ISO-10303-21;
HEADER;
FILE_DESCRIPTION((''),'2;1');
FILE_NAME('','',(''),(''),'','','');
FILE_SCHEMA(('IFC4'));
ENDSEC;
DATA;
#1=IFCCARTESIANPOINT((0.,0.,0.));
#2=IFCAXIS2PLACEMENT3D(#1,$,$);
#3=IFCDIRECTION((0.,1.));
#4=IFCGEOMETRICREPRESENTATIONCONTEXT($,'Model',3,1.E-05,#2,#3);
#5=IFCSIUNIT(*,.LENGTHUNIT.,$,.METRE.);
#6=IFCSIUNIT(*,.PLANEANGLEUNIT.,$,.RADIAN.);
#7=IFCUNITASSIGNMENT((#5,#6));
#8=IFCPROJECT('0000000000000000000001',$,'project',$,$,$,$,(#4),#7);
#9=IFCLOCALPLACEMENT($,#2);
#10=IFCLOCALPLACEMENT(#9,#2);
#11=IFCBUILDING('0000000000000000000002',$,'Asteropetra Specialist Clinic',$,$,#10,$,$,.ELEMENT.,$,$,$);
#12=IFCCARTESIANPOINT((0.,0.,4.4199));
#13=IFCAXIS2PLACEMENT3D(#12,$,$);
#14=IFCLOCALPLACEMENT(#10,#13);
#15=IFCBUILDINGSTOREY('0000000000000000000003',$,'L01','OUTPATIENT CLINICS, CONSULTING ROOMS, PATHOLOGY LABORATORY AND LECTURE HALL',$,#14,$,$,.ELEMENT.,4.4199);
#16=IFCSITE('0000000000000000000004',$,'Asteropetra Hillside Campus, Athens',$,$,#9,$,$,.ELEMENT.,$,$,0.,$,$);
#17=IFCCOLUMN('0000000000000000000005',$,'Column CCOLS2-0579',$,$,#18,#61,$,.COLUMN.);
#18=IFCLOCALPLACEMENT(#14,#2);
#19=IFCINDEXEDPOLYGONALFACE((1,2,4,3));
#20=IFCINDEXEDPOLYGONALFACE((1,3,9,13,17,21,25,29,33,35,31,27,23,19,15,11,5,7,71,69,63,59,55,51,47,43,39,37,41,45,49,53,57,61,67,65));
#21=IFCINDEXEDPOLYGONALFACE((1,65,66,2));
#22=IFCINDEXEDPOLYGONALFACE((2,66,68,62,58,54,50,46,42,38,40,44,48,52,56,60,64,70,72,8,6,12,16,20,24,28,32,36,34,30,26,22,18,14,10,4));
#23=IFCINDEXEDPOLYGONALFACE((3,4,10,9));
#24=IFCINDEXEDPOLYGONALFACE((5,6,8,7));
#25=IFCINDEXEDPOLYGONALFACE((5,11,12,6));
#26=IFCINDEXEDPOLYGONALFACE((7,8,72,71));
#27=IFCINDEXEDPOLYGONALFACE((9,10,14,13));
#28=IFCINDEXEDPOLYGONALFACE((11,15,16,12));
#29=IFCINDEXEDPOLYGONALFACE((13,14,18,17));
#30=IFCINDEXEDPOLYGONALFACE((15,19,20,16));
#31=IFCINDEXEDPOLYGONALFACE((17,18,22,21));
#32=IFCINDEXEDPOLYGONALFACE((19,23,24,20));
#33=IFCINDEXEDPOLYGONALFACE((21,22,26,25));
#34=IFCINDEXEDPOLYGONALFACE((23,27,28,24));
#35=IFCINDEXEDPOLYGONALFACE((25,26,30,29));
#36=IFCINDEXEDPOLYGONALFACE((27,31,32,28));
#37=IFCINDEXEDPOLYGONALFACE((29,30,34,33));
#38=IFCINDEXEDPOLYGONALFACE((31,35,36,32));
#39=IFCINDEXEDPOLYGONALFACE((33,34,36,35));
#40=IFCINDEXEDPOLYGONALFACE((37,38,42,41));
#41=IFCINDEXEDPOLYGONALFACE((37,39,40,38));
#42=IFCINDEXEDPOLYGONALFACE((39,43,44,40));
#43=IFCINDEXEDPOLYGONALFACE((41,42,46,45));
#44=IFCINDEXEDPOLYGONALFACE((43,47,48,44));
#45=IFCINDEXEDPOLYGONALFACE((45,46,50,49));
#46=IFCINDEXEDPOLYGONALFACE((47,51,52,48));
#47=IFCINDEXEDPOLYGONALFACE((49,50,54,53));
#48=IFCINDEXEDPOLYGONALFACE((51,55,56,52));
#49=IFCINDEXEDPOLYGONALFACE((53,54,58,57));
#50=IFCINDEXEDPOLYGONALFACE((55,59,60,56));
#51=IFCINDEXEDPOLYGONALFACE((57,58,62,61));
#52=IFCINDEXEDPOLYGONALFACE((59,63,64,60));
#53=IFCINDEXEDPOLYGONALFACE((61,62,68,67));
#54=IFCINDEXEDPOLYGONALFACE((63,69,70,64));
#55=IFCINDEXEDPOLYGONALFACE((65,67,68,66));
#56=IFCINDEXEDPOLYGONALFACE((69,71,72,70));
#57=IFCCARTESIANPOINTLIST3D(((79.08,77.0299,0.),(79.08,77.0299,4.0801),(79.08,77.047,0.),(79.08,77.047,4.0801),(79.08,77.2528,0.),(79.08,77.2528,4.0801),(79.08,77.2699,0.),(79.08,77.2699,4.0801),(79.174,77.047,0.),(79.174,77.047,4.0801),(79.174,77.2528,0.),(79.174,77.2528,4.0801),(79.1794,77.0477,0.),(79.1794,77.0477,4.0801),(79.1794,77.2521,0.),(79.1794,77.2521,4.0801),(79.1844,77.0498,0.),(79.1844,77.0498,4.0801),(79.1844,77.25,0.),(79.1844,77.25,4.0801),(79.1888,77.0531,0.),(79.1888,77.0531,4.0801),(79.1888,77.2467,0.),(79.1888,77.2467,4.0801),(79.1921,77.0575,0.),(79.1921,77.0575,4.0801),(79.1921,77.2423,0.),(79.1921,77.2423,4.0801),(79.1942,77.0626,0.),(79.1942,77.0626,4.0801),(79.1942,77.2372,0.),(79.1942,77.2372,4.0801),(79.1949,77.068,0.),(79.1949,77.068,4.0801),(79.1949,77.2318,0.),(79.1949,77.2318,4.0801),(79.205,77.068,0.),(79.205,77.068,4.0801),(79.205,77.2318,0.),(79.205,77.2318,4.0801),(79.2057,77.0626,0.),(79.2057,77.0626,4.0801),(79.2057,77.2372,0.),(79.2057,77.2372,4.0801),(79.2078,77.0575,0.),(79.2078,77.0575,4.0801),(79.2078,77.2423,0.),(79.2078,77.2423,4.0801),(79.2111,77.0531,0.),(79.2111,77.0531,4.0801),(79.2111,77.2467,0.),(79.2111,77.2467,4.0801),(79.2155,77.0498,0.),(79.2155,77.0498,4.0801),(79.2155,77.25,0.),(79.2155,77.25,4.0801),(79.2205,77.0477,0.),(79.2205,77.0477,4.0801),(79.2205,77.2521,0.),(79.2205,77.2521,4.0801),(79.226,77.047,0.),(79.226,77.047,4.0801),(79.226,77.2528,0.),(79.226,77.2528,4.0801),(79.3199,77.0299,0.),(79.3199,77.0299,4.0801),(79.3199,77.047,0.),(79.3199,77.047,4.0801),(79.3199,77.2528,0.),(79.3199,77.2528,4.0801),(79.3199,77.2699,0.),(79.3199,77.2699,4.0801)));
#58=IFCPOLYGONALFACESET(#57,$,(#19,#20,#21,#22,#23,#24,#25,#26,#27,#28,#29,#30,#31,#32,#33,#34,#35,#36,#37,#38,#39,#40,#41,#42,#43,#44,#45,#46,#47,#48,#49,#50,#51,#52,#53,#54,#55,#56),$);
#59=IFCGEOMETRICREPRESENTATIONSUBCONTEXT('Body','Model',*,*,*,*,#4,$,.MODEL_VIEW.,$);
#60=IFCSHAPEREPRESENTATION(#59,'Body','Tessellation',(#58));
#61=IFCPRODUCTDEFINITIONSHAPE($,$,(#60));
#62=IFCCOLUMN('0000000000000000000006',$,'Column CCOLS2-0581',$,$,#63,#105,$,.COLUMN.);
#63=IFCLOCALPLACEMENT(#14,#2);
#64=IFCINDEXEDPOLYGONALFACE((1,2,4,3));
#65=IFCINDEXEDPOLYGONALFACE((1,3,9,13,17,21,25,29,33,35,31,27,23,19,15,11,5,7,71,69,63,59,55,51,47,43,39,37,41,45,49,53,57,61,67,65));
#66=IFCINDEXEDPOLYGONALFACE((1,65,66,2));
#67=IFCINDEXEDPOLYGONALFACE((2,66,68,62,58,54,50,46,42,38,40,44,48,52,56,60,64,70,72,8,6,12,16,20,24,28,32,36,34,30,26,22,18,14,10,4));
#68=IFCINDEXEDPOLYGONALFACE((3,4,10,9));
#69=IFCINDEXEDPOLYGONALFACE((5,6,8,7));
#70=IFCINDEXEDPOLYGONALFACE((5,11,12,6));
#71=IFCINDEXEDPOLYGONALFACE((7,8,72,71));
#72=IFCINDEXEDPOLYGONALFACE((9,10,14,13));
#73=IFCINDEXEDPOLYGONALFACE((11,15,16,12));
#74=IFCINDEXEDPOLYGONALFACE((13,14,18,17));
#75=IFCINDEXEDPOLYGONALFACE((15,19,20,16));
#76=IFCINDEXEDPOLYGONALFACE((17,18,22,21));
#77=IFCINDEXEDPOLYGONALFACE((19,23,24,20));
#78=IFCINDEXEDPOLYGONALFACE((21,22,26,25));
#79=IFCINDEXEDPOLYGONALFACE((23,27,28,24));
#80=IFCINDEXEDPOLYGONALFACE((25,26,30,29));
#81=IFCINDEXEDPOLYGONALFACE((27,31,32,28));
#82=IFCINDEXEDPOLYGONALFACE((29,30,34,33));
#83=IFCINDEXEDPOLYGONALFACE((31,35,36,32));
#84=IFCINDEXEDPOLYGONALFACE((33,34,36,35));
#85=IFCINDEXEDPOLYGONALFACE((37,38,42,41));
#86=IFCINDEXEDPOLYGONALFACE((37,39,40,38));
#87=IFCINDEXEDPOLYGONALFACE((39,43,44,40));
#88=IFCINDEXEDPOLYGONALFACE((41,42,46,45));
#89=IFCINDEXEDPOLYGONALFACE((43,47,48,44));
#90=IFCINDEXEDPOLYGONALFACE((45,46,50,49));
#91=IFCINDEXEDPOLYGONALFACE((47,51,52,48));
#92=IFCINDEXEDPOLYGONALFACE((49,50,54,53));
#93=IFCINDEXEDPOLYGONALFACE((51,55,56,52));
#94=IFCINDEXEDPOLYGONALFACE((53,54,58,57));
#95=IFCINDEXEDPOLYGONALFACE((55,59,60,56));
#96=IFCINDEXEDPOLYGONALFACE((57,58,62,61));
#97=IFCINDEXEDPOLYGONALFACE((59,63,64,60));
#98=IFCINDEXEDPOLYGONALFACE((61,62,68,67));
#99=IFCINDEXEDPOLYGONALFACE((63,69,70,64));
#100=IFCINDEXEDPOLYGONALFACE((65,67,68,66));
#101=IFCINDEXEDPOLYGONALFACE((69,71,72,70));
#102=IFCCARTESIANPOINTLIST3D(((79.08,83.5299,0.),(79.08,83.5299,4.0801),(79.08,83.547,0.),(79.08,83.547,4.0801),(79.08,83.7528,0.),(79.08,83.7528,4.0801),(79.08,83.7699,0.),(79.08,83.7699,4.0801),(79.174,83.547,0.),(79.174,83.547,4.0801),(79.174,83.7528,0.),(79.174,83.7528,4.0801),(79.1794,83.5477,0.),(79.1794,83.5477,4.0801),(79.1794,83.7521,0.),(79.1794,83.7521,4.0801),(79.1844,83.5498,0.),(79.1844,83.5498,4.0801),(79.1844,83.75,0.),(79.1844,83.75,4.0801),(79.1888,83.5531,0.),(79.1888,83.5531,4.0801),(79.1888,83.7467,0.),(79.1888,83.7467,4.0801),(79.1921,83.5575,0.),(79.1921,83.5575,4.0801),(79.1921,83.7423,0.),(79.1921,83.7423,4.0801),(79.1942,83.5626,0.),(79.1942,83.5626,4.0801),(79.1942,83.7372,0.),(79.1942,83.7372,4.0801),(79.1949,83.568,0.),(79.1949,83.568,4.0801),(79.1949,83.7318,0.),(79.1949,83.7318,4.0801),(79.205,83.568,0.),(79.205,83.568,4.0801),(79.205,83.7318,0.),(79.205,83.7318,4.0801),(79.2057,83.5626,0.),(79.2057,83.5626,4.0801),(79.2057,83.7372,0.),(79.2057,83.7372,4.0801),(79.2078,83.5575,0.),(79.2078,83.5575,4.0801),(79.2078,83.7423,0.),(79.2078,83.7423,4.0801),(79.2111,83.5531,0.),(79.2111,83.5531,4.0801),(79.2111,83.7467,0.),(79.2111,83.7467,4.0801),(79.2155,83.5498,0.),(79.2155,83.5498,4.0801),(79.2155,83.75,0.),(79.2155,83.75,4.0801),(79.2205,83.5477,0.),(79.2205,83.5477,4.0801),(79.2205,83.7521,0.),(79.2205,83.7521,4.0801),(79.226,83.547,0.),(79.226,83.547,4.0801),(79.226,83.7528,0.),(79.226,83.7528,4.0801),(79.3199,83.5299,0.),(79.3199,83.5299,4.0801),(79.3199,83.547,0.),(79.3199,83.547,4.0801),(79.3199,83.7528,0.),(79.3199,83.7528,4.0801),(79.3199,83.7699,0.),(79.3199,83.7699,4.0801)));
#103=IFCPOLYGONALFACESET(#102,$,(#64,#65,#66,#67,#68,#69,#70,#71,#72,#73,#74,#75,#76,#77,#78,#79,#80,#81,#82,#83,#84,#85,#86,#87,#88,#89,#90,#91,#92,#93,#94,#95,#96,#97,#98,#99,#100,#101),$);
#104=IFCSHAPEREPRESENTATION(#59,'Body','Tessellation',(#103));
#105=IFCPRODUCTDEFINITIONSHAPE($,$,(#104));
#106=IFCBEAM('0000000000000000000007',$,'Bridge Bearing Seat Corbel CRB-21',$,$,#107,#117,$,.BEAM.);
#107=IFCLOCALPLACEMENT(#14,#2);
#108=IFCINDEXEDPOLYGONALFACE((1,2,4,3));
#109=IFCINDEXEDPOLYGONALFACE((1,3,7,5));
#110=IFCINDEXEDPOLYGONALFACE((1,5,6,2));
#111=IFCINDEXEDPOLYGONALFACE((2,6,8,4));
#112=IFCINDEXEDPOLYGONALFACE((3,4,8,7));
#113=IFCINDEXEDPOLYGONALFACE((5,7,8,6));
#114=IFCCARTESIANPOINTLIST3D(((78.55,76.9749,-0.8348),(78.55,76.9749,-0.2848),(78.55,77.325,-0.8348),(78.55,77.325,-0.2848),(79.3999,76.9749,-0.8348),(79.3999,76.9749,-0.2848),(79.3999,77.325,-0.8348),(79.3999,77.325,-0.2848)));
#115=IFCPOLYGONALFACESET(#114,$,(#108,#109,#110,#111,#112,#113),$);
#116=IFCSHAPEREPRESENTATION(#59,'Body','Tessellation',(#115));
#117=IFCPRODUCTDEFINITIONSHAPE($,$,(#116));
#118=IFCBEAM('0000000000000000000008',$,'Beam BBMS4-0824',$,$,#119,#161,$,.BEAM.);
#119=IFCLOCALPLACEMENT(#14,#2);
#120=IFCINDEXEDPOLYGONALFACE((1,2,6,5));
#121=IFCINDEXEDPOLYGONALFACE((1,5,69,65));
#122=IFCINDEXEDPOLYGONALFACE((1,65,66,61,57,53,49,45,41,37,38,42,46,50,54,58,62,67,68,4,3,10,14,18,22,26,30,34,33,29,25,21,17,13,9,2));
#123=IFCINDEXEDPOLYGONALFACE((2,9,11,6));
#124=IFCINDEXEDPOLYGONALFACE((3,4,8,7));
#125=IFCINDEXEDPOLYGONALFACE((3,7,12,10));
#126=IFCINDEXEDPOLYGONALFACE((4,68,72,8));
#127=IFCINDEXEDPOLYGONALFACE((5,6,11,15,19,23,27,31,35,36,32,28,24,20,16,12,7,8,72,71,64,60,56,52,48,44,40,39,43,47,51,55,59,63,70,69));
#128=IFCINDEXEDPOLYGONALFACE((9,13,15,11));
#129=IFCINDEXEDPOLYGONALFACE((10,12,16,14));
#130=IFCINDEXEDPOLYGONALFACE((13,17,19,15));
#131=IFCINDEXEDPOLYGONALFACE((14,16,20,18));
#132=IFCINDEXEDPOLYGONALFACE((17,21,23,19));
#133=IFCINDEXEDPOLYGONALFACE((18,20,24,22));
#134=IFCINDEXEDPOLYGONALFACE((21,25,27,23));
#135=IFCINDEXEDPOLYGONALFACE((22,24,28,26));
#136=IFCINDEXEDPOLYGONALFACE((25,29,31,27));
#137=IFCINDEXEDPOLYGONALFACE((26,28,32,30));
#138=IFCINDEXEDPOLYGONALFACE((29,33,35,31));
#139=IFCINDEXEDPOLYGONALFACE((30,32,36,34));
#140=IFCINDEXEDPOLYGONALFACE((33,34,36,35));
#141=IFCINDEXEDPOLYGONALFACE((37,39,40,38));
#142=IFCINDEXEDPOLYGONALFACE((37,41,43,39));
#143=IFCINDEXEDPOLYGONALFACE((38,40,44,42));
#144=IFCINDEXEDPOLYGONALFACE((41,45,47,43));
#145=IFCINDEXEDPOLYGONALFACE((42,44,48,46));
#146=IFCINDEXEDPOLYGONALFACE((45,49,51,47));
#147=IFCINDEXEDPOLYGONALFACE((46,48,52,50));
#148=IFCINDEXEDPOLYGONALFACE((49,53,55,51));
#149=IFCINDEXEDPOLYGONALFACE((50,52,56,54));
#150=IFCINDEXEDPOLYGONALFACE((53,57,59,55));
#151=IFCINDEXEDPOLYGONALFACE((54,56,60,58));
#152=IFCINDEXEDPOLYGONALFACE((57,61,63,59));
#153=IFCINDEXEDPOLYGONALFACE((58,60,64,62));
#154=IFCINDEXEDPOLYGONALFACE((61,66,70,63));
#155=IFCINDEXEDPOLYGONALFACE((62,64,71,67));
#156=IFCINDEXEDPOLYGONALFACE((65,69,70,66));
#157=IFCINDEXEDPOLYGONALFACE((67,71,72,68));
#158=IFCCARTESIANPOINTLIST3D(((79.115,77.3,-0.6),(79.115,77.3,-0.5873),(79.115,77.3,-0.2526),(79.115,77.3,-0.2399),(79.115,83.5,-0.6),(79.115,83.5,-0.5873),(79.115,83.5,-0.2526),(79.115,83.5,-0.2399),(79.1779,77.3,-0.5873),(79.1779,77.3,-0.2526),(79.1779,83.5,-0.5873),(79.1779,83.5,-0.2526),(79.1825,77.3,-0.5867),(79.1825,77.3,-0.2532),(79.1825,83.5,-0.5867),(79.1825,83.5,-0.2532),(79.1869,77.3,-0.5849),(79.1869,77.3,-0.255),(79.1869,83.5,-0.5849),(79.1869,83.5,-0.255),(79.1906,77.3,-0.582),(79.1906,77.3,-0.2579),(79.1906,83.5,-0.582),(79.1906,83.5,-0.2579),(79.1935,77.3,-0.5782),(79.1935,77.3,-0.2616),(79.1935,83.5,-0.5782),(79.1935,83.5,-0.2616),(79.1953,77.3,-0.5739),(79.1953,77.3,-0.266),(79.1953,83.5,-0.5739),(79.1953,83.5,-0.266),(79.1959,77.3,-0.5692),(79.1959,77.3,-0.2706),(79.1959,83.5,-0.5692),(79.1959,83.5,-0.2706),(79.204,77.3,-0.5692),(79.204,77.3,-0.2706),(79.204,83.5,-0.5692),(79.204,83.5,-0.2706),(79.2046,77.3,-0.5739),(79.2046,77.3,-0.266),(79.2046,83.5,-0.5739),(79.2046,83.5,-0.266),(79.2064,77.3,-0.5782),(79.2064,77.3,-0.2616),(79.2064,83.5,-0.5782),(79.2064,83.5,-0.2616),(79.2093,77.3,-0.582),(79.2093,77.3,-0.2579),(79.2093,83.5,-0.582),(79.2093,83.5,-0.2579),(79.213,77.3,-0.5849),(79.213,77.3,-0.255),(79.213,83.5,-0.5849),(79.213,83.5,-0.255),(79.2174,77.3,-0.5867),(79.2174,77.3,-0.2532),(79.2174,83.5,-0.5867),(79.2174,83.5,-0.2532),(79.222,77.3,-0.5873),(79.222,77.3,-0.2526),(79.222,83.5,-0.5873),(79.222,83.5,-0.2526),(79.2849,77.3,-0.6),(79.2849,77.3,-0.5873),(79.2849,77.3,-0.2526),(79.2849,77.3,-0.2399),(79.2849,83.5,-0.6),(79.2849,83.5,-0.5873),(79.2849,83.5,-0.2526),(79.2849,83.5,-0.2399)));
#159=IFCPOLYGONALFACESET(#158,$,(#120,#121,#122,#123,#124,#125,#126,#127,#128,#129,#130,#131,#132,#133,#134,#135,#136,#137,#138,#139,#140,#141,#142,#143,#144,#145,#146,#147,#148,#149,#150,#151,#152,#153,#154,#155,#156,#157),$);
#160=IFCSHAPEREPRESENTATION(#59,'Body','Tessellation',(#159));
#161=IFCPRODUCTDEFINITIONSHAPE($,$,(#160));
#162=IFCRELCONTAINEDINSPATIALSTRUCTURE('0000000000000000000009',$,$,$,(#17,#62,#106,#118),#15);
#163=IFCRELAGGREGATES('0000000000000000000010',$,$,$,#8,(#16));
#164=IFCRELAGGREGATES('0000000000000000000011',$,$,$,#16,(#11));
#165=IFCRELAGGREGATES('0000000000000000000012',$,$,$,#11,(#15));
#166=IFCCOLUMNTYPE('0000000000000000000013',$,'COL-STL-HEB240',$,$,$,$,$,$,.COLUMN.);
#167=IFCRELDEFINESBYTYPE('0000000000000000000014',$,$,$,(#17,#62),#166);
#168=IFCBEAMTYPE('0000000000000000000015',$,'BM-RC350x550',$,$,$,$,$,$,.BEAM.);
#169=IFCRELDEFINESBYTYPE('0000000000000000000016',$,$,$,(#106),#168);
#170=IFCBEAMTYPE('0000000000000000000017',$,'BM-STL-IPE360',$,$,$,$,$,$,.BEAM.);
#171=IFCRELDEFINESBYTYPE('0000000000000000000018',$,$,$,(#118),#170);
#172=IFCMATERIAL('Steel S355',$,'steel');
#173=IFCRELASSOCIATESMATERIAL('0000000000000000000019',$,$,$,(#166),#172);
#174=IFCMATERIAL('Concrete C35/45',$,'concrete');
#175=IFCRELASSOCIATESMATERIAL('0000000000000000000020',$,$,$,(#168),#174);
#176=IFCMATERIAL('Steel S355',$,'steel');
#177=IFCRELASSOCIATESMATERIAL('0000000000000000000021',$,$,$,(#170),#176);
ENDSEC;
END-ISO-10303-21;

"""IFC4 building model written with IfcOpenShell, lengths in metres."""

from ifc_helpers import new_model, si_unit, direction, frame, origin, origin_2d, place, context, subcontext, project, spatial, rectangle, i_section, extrude, material, material_profile, profile_set, type_object, element, save


model = new_model("IFC4")

# Units and contexts
model_context = context("Model", 3, precision=1e-05, world=origin(), true_north=direction((0.0, 1.0)))
body_context = subcontext(model_context, "Body", "Model", "MODEL_VIEW")
ifc_project = project(units=[si_unit("LENGTHUNIT", "METRE"), si_unit("PLANEANGLEUNIT", "RADIAN")], contexts=[model_context])

# Site, building, storey
site_placement = place(None, origin())
site = spatial("IfcSite", under=ifc_project, at=site_placement, Name="Asteropetra Hillside Campus, Athens", CompositionType="ELEMENT", RefElevation=0.0)
building_placement = place(site_placement, origin())
building = spatial("IfcBuilding", under=site, at=building_placement, Name="Asteropetra Specialist Clinic", CompositionType="ELEMENT")
storey_placement = place(building_placement, frame((0.0, 0.0, 4.4199)))
storey = spatial("IfcBuildingStorey", under=building, at=storey_placement, Name="L01", Description="OUTPATIENT CLINICS, CONSULTING ROOMS, PATHOLOGY LABORATORY AND LECTURE HALL", CompositionType="ELEMENT", Elevation=4.4199)

# Columns
ifc_material_1 = material(Name="Steel S355", Category="steel")
ifc_material_profile_1 = material_profile(ifc_material_1, i_section(OverallWidth=0.24, OverallDepth=0.24, WebThickness=0.01, FlangeThickness=0.0171, FilletRadius=0.021, at=origin_2d()), Name="HEB 240")
ifc_profile_set_1 = profile_set([ifc_material_profile_1], Name="Steel S355")
column_type = type_object("IfcColumnType", Name="COL-STL-HEB240", PredefinedType="COLUMN", material=ifc_profile_set_1)
for number, where, z_axis, x_axis, name in (
    (1, (79.2, 77.1499, 0.0), (0.0, 0.0, 1.0), (1.0, 0.0, 0.0), "Column CCOLS2-0579"),
    (2, (79.2, 83.6499, 0.0), (0.0, 0.0, 1.0), (1.0, 0.0, 0.0), "Column CCOLS2-0581"),
):
    element("IfcColumn", number, at=place(storey_placement, frame(where, z_axis=z_axis, x_axis=x_axis)), inside=storey, type_object=column_type, Name=name, PredefinedType="COLUMN", context=body_context, shape_type="SweptSolid", body=[
        extrude(i_section(OverallWidth=0.24, OverallDepth=0.24, WebThickness=0.01, FlangeThickness=0.0171, FilletRadius=0.021, at=origin_2d()), origin(), (0.0, 0.0, 1.0), 4.0801),
    ])

# Beams
ifc_material_2 = material(Name="Concrete C35/45", Category="concrete")
ifc_material_profile_2 = material_profile(ifc_material_2, rectangle(XDim=0.3501, YDim=0.55, at=origin_2d()), Name="RCB 350x550")
ifc_profile_set_2 = profile_set([ifc_material_profile_2], Name="Concrete C35/45")
beam_type_1 = type_object("IfcBeamType", Name="BM-RC350x550", PredefinedType="BEAM", material=ifc_profile_set_2)
beam_1_placement = place(storey_placement, frame((79.3999, 77.1499, -0.5598), z_axis=(-1.0, 0.0, 0.0), x_axis=(0.0, -1.0, 0.0)))
element("IfcBeam", 3, at=beam_1_placement, inside=storey, type_object=beam_type_1, Name="Bridge Bearing Seat Corbel CRB-21", PredefinedType="BEAM", context=body_context, shape_type="SweptSolid", body=[
    extrude(rectangle(XDim=0.3501, YDim=0.55, at=origin_2d()), origin(), (0.0, 0.0, 1.0), 0.8499),
])
ifc_material_3 = material(Name="Steel S355", Category="steel")
ifc_material_profile_3 = material_profile(ifc_material_3, i_section(OverallWidth=0.1699, OverallDepth=0.3601, WebThickness=0.0081, FlangeThickness=0.0127, FilletRadius=0.0181, at=origin_2d()), Name="IPE 360")
ifc_profile_set_3 = profile_set([ifc_material_profile_3], Name="Steel S355")
beam_type_2 = type_object("IfcBeamType", Name="BM-STL-IPE360", PredefinedType="BEAM", material=ifc_profile_set_3)
beam_2_placement = place(storey_placement, frame((79.2, 77.3, -0.4199), z_axis=(0.0, 1.0, 0.0), x_axis=(-1.0, 0.0, 0.0)))
element("IfcBeam", 4, at=beam_2_placement, inside=storey, type_object=beam_type_2, Name="Beam BBMS4-0824", PredefinedType="BEAM", context=body_context, shape_type="SweptSolid", body=[
    extrude(i_section(OverallWidth=0.1699, OverallDepth=0.3601, WebThickness=0.0081, FlangeThickness=0.0127, FilletRadius=0.0181, at=origin_2d()), origin(), (0.0, 0.0, 1.0), 6.2),
])

save(model, "model.ifc")
